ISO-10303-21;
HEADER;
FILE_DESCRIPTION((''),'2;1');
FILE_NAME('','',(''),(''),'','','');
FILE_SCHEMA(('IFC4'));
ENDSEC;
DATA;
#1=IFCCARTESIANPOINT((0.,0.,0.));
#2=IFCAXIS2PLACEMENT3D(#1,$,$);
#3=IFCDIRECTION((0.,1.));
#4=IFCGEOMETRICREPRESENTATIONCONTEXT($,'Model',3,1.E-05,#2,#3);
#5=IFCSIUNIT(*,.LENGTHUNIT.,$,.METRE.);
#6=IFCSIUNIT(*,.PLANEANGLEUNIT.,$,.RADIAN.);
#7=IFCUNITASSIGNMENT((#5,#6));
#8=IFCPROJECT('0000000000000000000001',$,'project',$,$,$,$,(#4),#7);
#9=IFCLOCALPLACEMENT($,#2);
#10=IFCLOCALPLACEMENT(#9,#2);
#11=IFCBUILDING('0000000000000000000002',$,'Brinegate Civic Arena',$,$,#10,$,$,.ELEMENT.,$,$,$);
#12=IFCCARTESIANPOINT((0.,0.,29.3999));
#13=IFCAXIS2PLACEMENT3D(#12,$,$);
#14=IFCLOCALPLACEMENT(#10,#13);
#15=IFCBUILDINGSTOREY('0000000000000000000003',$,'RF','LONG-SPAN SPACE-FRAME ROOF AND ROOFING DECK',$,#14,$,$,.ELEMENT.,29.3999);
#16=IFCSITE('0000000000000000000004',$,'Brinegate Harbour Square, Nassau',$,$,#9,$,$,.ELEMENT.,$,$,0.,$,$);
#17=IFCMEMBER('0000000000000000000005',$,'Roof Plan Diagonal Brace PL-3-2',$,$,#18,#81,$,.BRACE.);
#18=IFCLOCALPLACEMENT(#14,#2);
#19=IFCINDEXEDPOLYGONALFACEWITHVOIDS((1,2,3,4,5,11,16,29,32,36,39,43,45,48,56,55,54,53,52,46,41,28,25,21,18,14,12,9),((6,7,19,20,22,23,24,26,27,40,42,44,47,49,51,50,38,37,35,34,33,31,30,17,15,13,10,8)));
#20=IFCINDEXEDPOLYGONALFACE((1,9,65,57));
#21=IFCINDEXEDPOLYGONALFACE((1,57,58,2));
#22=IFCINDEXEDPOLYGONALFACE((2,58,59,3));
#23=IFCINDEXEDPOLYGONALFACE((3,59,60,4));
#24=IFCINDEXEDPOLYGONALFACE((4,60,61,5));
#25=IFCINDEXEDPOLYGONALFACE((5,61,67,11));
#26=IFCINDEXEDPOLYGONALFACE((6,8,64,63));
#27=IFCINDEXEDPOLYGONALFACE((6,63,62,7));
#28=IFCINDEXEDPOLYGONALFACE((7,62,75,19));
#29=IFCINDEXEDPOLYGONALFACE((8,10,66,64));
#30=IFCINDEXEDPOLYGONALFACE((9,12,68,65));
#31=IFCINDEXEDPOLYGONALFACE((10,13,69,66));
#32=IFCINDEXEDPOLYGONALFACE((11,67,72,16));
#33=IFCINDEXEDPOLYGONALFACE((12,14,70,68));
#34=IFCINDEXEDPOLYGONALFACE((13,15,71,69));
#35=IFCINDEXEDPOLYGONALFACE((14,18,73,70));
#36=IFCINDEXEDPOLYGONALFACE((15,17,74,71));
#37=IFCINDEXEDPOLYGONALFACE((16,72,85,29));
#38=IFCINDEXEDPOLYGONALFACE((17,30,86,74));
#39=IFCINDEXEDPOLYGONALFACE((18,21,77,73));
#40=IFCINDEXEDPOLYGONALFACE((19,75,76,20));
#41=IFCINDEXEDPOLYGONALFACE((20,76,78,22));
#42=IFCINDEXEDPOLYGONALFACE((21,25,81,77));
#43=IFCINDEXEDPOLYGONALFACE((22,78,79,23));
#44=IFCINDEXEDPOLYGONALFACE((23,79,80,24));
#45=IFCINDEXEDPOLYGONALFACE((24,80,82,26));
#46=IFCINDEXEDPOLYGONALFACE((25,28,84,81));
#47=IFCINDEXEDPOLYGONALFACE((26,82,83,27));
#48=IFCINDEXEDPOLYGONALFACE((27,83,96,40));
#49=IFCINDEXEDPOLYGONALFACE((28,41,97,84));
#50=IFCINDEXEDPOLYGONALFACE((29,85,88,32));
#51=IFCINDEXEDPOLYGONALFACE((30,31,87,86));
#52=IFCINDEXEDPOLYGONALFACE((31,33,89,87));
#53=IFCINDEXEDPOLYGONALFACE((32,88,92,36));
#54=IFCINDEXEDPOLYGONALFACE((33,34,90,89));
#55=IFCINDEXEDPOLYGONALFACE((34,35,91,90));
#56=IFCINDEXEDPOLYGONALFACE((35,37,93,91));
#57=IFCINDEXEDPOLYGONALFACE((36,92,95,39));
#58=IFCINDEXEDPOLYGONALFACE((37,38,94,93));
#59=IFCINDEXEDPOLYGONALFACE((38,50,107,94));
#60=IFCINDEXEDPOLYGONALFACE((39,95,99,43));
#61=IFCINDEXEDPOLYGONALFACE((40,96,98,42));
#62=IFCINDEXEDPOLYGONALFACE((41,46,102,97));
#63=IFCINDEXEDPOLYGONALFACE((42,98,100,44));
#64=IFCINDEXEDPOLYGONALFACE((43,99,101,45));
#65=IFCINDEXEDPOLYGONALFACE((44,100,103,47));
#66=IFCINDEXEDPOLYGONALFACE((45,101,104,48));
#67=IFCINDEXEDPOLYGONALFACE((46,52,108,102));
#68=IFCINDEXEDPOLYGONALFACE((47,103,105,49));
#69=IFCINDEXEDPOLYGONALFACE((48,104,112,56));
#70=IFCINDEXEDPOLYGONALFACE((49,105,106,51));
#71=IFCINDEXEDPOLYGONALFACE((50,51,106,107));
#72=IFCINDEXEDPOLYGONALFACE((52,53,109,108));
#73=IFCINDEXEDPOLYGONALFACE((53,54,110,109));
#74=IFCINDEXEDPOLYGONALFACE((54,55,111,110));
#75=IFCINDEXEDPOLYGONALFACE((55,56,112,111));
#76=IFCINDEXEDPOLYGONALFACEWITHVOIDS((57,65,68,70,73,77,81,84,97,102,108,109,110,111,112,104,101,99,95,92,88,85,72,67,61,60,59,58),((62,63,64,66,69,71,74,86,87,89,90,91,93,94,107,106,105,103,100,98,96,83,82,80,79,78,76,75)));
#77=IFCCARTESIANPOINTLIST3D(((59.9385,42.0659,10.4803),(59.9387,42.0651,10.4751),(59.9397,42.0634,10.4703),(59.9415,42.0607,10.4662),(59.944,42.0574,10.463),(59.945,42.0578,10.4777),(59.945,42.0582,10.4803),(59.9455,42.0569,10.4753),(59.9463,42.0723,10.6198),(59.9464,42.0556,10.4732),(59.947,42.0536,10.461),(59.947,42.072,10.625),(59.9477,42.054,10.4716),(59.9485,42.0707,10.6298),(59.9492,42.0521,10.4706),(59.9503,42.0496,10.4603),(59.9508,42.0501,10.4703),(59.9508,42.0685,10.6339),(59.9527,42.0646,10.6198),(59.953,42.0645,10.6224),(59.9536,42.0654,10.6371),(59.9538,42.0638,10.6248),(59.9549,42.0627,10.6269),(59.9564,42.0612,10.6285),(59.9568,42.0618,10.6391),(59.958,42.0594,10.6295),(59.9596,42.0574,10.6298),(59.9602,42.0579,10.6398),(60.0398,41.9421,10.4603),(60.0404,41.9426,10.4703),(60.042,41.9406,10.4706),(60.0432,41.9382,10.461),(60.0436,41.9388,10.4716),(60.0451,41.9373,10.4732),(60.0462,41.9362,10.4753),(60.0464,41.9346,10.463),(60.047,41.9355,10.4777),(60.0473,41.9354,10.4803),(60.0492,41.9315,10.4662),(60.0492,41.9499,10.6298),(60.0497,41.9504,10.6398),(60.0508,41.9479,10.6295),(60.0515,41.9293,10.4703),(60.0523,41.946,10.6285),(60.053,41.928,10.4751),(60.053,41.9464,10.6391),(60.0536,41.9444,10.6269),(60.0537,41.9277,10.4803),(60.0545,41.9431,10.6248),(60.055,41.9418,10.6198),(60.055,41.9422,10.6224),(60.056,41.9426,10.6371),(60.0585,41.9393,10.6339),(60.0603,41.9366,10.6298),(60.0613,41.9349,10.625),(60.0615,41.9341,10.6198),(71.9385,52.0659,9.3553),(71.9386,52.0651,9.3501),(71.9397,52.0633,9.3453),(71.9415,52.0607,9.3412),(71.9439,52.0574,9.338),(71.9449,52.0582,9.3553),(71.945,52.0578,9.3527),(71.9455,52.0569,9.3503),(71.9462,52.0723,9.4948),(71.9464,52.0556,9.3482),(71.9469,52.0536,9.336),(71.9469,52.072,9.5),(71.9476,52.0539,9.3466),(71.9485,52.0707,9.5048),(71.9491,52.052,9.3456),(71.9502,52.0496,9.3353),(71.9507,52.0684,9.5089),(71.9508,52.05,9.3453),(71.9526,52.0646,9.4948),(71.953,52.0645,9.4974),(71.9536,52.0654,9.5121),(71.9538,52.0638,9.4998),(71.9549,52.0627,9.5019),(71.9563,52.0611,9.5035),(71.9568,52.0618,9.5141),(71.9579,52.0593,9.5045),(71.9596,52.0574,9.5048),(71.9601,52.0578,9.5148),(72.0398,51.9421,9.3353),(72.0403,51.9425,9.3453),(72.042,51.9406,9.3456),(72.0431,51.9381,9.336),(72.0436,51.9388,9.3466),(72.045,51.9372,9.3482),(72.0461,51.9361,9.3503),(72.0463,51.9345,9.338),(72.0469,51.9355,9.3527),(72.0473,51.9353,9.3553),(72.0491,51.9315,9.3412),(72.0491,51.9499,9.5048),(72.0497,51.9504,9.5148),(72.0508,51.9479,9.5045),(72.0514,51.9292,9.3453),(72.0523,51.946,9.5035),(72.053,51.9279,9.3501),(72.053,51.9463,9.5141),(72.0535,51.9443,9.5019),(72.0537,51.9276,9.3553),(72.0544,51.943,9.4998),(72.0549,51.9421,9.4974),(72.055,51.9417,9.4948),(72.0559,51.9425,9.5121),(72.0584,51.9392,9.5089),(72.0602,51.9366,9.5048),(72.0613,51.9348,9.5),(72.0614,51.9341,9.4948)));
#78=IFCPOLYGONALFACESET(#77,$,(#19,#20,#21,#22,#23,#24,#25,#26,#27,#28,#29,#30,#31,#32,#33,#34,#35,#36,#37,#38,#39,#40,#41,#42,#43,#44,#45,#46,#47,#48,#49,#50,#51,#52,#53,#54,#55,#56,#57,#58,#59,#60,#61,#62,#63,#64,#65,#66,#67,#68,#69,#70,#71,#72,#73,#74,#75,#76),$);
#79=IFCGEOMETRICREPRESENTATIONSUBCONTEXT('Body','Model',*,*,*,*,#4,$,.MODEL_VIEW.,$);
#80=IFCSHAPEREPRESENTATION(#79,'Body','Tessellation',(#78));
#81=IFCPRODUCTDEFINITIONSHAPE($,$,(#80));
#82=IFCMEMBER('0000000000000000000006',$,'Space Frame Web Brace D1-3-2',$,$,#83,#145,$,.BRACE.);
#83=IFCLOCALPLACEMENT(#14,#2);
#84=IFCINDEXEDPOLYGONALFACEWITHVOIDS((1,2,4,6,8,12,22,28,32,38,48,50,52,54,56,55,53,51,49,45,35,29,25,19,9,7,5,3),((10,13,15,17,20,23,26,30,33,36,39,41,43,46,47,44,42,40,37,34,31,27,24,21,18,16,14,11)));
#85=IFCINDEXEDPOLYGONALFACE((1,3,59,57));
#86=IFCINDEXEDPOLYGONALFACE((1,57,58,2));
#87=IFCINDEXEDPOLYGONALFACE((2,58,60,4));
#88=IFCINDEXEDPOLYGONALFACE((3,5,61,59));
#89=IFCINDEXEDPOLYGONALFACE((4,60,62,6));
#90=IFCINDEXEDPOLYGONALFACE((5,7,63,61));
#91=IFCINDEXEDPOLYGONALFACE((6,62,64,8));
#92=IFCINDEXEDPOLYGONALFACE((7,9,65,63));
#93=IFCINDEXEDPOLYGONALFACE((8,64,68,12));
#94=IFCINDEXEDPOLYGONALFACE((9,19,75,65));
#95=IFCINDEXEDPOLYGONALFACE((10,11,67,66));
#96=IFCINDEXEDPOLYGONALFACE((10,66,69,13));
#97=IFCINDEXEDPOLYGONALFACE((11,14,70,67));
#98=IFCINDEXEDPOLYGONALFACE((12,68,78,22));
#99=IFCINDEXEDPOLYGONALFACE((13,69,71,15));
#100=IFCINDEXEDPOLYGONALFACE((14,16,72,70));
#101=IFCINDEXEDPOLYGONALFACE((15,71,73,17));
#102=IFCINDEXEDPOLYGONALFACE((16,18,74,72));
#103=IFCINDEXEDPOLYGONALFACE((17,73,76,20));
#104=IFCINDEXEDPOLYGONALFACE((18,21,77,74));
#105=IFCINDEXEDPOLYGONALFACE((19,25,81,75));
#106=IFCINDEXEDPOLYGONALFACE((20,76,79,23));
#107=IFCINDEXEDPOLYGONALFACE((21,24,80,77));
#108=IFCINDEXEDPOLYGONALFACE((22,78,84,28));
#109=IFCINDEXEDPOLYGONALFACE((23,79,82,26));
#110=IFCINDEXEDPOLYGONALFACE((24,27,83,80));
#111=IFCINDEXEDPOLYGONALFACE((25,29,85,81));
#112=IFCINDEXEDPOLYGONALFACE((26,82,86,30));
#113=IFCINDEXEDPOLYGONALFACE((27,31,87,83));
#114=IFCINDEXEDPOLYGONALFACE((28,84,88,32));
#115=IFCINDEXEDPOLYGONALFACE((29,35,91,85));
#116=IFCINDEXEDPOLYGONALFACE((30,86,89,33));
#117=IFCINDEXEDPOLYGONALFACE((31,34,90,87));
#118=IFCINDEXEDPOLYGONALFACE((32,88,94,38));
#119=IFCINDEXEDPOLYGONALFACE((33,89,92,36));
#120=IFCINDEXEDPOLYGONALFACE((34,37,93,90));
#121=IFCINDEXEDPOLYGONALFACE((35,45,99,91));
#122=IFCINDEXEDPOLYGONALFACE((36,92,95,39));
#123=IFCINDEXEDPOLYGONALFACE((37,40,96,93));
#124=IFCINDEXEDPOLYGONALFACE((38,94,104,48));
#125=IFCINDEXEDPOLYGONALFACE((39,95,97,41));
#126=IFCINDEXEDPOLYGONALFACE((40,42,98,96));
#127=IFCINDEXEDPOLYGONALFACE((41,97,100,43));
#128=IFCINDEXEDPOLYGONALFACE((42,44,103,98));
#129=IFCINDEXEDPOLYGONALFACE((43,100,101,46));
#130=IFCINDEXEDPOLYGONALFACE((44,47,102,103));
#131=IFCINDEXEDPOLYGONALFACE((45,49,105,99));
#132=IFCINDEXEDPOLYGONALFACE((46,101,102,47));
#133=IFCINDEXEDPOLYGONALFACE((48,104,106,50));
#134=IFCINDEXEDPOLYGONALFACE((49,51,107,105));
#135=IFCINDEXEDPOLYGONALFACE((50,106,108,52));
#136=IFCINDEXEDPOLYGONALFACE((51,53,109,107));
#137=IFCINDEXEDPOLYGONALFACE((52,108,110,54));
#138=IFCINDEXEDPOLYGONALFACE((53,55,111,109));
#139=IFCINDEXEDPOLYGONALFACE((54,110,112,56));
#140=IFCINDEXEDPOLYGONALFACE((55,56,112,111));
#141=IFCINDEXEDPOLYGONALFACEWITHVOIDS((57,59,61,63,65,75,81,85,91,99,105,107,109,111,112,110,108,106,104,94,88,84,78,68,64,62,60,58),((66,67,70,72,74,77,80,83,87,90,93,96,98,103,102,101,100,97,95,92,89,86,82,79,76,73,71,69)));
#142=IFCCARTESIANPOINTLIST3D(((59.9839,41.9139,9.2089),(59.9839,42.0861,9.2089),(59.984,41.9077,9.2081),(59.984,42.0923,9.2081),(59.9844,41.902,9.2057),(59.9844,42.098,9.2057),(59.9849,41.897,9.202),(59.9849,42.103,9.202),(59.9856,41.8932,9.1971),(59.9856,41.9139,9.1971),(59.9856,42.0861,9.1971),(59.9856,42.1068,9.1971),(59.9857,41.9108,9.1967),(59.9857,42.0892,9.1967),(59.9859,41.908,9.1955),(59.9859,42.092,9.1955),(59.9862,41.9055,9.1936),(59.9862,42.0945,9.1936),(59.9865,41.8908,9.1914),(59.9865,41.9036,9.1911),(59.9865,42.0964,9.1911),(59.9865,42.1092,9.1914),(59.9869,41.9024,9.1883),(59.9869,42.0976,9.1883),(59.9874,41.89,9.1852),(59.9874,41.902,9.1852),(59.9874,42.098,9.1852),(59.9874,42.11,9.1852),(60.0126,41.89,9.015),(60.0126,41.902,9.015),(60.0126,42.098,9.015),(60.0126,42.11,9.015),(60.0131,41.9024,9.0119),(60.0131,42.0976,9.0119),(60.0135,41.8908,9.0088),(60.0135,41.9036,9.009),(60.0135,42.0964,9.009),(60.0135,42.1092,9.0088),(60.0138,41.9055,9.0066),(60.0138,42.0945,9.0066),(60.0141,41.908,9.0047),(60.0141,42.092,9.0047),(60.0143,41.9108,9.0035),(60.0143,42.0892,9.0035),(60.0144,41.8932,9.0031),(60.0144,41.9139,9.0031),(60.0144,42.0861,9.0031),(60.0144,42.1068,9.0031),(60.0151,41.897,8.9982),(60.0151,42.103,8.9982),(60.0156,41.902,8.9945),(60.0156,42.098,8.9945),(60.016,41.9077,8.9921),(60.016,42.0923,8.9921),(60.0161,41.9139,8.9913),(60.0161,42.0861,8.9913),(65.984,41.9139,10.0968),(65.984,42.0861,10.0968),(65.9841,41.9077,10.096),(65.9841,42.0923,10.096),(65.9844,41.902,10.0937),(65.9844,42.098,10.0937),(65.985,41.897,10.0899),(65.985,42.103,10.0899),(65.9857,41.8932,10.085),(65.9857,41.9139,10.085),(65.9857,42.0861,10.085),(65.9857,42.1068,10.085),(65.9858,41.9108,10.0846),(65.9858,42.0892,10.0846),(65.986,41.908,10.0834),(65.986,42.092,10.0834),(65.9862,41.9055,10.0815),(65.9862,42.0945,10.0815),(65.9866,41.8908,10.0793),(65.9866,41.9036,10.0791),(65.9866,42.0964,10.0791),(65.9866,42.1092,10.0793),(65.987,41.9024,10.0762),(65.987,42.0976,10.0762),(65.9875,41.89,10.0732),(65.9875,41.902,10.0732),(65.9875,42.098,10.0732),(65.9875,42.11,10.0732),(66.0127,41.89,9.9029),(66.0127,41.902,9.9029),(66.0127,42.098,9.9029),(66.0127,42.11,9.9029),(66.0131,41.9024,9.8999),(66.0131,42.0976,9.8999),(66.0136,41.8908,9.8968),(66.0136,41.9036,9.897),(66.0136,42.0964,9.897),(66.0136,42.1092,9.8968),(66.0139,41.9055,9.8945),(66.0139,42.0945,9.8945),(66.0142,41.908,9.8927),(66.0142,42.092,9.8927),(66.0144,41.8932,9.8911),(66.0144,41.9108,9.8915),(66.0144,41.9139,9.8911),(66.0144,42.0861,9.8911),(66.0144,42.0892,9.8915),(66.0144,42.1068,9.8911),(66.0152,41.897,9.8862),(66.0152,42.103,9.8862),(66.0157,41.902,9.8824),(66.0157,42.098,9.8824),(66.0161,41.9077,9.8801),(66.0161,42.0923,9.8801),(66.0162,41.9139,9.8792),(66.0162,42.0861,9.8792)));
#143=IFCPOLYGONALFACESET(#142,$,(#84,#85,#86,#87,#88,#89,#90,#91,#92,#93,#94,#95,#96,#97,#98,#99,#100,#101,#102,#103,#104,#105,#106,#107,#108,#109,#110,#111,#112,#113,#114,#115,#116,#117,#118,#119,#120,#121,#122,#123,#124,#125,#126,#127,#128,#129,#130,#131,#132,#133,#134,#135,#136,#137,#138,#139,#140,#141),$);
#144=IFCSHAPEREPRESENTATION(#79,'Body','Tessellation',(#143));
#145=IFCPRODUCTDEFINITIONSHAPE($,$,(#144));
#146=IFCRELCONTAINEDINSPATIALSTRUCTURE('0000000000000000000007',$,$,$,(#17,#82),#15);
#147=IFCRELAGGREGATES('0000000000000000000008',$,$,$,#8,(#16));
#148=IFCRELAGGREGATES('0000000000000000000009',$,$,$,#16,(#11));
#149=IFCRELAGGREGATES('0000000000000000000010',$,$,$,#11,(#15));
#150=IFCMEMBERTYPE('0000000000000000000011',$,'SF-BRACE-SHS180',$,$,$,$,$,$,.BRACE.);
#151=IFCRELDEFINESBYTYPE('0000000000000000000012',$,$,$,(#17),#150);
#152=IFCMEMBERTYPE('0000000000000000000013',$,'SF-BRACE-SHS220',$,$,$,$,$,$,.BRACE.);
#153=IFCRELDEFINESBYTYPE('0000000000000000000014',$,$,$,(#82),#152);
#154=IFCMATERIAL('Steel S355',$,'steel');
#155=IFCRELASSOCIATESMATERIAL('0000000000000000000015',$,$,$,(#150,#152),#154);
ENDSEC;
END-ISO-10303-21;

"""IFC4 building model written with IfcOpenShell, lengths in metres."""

from ifc_helpers import new_model, si_unit, direction, frame, origin, origin_2d, place, context, subcontext, project, spatial, hollow_rectangle, extrude, material, material_profile, profile_set, type_object, element, save


model = new_model("IFC4")

# Units and contexts
model_context = context("Model", 3, precision=1e-05, world=origin(), true_north=direction((0.0, 1.0)))
body_context = subcontext(model_context, "Body", "Model", "MODEL_VIEW")
ifc_project = project(units=[si_unit("LENGTHUNIT", "METRE"), si_unit("PLANEANGLEUNIT", "RADIAN")], contexts=[model_context])

# Site, building, storey
site_placement = place(None, origin())
site = spatial("IfcSite", under=ifc_project, at=site_placement, Name="Brinegate Harbour Square, Nassau", CompositionType="ELEMENT", RefElevation=0.0)
building_placement = place(site_placement, origin())
building = spatial("IfcBuilding", under=site, at=building_placement, Name="Brinegate Civic Arena", CompositionType="ELEMENT")
storey_placement = place(building_placement, frame((0.0, 0.0, 29.3999)))
storey = spatial("IfcBuildingStorey", under=building, at=storey_placement, Name="RF", Description="LONG-SPAN SPACE-FRAME ROOF AND ROOFING DECK", CompositionType="ELEMENT", Elevation=29.3999)

# Shared definitions
ifc_material_1 = material(Name="Steel S355", Category="steel")

# Members
ifc_material_profile_1 = material_profile(ifc_material_1, hollow_rectangle(XDim=0.1799, YDim=0.1799, WallThickness=0.01, InnerFilletRadius=0.01, OuterFilletRadius=0.02, at=origin_2d()), Name="SHS180X10")
ifc_profile_set_1 = profile_set([ifc_material_profile_1], Name="Steel S355")
member_type_1 = type_object("IfcMemberType", Name="SF-BRACE-SHS180", PredefinedType="BRACE", material=ifc_profile_set_1)
member_1_placement = place(storey_placement, frame((60.0, 42.0, 10.55), z_axis=(0.766237, 0.638531, -0.071835), x_axis=(-0.640184, 0.768221, 0.0)))
element("IfcMember", 1, at=member_1_placement, inside=storey, type_object=member_type_1, Name="Roof Plan Diagonal Brace PL-3-2", PredefinedType="BRACE", context=body_context, shape_type="SweptSolid", body=[
    extrude(hollow_rectangle(XDim=0.1799, YDim=0.1799, WallThickness=0.01, InnerFilletRadius=0.01, OuterFilletRadius=0.02, at=origin_2d()), origin(), (0.0, 0.0, 1.0), 15.6609),
])
ifc_material_profile_2 = material_profile(ifc_material_1, hollow_rectangle(XDim=0.22, YDim=0.22, WallThickness=0.012, InnerFilletRadius=0.012, OuterFilletRadius=0.0239, at=origin_2d()), Name="SHS220X12")
ifc_profile_set_2 = profile_set([ifc_material_profile_2], Name="Steel S355")
member_type_2 = type_object("IfcMemberType", Name="SF-BRACE-SHS220", PredefinedType="BRACE", material=ifc_profile_set_2)
member_2_placement = place(storey_placement, frame((60.0, 42.0, 9.1001), z_axis=(0.989226, 0.0, 0.146395), x_axis=(0.0, 1.0, 0.0)))
element("IfcMember", 2, at=member_2_placement, inside=storey, type_object=member_type_2, Name="Space Frame Web Brace D1-3-2", PredefinedType="BRACE", context=body_context, shape_type="SweptSolid", body=[
    extrude(hollow_rectangle(XDim=0.22, YDim=0.22, WallThickness=0.012, InnerFilletRadius=0.012, OuterFilletRadius=0.0239, at=origin_2d()), origin(), (0.0, 0.0, 1.0), 6.0654),
])

save(model, "model.ifc")
